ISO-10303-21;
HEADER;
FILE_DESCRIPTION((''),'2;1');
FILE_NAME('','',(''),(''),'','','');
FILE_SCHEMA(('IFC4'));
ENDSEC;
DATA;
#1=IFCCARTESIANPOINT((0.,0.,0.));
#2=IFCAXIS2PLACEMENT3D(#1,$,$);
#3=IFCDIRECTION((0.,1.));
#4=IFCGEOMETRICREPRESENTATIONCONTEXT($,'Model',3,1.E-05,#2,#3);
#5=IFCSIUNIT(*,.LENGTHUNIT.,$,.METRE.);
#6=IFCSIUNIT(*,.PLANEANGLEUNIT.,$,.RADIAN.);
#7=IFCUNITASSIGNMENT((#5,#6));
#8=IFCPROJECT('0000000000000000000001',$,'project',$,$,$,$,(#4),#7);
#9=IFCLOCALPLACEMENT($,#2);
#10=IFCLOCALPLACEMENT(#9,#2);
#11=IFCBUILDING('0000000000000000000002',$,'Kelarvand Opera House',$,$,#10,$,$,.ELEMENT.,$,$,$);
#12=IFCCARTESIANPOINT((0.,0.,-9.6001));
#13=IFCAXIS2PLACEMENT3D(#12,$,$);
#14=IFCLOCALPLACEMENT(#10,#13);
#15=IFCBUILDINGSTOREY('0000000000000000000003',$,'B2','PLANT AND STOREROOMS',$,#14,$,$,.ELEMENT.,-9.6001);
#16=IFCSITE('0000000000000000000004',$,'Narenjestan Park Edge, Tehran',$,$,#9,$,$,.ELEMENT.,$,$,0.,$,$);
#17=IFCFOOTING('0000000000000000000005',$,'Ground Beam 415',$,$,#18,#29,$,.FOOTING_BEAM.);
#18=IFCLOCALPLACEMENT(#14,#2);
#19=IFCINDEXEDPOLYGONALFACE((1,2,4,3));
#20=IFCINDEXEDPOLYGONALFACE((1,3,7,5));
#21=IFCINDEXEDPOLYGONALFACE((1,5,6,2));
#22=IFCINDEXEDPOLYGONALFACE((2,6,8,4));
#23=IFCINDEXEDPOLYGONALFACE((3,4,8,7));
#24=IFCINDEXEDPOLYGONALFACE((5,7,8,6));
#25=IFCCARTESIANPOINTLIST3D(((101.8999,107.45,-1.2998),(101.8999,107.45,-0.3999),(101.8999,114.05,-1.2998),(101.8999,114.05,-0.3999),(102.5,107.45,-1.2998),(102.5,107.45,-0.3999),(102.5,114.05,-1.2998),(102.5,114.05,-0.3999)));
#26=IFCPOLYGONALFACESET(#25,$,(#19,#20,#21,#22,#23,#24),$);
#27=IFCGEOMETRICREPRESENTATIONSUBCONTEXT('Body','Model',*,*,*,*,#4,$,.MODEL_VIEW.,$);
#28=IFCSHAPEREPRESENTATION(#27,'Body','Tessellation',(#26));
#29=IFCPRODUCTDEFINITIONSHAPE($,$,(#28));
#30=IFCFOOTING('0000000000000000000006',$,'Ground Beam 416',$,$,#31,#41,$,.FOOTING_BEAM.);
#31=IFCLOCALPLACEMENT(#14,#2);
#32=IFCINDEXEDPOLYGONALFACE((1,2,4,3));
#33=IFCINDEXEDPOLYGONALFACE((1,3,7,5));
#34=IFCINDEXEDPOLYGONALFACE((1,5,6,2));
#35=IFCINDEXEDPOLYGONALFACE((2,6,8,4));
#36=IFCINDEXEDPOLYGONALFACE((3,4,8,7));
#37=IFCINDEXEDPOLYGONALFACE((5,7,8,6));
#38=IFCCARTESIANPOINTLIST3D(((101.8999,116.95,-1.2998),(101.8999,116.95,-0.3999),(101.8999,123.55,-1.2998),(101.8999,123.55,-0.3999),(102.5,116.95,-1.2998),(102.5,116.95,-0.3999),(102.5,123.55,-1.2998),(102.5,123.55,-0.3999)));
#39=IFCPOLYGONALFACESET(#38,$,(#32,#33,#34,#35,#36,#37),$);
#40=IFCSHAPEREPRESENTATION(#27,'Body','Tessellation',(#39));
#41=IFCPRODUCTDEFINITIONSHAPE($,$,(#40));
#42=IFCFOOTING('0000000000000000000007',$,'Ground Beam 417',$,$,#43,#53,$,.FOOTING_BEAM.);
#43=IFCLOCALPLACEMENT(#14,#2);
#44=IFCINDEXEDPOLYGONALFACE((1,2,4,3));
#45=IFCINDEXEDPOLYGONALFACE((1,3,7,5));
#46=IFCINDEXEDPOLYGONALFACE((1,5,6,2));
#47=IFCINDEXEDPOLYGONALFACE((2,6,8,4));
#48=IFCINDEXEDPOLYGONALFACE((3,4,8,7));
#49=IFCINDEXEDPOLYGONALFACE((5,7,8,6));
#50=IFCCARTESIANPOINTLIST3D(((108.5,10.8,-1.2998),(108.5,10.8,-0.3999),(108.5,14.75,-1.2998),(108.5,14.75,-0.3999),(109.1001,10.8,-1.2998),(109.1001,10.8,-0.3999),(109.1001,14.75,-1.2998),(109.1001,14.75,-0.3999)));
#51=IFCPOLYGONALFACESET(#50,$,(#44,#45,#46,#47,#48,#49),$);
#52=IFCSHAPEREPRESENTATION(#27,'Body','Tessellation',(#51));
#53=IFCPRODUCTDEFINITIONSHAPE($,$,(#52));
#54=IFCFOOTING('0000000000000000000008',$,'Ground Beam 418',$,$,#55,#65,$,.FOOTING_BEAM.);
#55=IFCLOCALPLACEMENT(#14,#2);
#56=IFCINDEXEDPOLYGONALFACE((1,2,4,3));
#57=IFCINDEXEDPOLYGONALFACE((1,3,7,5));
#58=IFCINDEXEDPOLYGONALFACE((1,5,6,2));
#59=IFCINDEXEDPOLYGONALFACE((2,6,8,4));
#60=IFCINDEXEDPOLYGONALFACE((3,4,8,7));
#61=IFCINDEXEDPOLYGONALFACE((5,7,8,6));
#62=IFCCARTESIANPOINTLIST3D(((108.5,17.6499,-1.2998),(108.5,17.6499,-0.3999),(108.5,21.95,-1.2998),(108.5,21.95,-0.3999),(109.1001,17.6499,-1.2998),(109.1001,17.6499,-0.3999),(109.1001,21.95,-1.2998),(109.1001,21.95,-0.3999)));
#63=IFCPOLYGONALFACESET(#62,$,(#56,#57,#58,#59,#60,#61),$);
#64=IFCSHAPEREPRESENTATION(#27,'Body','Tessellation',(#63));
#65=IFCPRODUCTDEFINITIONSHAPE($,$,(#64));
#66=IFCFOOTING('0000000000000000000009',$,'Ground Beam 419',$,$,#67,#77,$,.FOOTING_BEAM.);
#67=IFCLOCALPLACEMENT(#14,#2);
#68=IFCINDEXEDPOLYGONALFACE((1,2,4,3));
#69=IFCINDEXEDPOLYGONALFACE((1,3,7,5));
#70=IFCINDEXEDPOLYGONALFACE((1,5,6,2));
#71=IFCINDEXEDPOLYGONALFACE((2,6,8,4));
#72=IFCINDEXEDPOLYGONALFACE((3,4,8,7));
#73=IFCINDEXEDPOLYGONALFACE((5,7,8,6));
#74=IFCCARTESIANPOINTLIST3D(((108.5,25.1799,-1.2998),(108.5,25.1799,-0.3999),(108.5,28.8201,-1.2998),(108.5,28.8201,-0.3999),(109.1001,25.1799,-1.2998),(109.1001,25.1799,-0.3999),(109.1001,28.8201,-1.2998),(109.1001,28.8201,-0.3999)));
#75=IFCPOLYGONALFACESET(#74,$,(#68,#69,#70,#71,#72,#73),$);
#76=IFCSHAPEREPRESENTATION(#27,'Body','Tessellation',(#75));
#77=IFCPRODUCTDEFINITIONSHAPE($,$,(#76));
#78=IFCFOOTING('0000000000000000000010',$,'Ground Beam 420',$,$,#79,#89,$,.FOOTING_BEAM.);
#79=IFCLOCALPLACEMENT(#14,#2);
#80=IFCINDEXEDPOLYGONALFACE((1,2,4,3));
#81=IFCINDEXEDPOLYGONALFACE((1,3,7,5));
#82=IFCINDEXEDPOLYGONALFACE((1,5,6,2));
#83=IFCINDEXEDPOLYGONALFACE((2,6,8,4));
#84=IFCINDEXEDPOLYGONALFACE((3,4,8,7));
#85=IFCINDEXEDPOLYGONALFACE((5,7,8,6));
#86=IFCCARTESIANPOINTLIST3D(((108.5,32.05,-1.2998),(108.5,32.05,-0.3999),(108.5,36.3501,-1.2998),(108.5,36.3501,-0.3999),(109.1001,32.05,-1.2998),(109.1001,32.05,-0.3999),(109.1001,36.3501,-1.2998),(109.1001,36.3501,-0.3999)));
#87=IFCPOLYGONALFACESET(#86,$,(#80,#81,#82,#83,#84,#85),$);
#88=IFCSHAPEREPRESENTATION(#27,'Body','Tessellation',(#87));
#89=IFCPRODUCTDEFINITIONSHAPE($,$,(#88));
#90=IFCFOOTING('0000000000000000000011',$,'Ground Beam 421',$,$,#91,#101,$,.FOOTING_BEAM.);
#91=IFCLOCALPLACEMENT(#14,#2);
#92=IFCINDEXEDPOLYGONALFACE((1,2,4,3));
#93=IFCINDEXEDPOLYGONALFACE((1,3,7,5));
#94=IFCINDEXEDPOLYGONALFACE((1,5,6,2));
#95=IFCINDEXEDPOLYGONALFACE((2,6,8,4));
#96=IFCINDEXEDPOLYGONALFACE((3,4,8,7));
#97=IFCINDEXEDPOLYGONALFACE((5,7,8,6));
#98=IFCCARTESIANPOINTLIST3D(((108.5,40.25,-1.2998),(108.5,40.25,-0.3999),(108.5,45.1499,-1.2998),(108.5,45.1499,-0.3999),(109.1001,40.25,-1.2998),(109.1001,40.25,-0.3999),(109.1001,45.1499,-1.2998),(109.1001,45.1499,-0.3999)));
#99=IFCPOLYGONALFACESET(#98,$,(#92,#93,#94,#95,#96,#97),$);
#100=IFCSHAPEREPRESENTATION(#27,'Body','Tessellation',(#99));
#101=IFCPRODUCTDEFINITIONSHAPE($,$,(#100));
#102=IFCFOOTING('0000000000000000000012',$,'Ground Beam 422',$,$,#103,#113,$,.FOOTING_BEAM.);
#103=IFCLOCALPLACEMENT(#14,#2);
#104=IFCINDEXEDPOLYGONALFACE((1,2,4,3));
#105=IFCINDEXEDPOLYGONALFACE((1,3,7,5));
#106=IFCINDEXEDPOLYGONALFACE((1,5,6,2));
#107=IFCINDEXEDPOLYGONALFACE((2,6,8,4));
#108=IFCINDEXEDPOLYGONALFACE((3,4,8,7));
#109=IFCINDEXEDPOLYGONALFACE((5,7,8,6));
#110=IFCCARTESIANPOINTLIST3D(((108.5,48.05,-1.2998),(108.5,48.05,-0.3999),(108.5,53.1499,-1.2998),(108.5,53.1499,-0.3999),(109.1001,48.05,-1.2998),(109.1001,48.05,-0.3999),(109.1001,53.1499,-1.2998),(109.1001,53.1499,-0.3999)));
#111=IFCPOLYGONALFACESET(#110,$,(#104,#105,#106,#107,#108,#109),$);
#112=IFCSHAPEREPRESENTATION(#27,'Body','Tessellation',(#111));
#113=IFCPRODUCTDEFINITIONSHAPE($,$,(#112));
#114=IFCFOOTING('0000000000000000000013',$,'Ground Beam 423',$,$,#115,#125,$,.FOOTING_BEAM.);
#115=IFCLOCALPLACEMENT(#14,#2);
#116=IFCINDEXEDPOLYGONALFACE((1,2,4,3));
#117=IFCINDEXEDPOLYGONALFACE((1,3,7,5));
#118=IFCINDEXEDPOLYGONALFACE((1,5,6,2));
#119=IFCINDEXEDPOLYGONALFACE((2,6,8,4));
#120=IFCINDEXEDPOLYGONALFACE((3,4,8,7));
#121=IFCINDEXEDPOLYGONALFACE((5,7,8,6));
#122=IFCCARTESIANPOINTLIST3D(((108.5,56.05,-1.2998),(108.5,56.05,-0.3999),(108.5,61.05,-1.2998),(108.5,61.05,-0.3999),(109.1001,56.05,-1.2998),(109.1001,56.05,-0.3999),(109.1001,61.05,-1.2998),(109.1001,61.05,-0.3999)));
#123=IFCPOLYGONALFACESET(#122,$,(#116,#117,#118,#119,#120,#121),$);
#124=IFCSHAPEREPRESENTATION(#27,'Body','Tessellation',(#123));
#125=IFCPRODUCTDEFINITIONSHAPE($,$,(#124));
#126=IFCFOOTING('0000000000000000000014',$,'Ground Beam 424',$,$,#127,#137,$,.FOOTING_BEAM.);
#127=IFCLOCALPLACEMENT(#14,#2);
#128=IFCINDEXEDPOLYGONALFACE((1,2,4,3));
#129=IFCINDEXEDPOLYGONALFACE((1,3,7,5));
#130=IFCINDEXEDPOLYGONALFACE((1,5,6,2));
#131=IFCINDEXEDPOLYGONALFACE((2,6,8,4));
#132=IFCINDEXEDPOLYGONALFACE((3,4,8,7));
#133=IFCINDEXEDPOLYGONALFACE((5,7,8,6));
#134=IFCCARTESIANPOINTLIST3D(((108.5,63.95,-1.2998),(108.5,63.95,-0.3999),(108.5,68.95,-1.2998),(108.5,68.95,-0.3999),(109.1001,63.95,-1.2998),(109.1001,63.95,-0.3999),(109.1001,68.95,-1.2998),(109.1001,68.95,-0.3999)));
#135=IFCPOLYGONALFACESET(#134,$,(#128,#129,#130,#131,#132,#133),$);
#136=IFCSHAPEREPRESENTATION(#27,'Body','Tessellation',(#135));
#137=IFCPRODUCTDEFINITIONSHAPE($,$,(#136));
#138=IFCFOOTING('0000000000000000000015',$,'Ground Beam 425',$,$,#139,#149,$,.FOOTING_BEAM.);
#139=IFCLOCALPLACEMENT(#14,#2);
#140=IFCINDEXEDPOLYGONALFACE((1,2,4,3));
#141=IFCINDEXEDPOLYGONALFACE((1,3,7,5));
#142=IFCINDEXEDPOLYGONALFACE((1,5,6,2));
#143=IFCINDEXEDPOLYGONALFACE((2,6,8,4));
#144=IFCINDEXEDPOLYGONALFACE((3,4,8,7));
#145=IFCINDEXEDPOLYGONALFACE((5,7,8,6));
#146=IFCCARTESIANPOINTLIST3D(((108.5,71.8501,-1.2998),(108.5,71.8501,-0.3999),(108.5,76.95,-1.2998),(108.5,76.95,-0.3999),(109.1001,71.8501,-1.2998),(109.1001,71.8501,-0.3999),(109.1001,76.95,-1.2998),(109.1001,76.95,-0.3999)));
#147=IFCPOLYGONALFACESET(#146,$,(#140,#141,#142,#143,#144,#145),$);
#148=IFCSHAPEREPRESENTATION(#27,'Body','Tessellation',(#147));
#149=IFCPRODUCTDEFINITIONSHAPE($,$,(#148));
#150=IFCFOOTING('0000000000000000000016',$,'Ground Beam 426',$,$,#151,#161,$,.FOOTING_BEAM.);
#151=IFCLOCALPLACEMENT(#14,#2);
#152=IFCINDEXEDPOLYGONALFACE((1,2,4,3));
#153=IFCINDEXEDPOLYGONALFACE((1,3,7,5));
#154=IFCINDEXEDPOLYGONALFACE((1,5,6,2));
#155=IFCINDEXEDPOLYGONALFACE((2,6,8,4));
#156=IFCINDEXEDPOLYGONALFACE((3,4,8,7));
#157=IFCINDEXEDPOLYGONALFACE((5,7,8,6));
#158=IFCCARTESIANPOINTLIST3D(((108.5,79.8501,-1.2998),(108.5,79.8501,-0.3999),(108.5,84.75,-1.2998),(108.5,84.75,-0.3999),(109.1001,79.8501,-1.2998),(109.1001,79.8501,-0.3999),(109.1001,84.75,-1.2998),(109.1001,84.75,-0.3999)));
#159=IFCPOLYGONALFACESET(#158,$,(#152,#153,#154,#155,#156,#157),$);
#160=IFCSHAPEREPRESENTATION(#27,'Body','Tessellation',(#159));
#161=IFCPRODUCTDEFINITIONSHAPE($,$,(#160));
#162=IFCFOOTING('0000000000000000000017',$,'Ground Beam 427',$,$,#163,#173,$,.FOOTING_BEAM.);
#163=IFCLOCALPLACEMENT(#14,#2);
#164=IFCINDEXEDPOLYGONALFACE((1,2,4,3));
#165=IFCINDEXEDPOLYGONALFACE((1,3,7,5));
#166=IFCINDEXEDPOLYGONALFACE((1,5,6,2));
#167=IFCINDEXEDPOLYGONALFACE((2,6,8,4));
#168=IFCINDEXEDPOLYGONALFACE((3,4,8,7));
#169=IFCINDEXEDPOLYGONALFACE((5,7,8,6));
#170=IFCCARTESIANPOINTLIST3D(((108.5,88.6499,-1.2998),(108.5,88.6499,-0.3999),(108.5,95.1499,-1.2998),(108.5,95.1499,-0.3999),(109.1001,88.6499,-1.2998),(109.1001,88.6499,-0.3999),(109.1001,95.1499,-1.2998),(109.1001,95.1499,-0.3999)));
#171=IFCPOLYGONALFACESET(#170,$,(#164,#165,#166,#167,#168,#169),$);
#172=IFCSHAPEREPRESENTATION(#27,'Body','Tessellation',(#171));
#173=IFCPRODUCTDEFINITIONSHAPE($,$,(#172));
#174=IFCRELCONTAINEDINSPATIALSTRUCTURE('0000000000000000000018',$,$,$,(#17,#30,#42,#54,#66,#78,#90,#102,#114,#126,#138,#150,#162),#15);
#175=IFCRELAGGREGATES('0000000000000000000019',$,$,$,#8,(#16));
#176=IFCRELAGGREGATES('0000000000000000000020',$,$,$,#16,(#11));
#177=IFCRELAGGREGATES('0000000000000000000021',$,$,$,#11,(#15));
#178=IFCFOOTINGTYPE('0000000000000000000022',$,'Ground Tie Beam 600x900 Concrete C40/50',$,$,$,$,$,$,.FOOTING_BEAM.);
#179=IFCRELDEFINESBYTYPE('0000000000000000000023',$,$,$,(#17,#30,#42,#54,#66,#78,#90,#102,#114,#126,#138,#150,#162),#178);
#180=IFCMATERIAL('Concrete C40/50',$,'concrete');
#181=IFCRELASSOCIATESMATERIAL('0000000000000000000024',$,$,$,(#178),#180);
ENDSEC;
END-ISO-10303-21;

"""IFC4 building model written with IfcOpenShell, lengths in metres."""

from ifc_helpers import new_model, si_unit, direction, frame, origin, place, context, subcontext, project, spatial, polyline, outline, extrude, material, type_object, element, save


model = new_model("IFC4")

# Units and contexts
model_context = context("Model", 3, precision=1e-05, world=origin(), true_north=direction((0.0, 1.0)))
body_context = subcontext(model_context, "Body", "Model", "MODEL_VIEW")
ifc_project = project(units=[si_unit("LENGTHUNIT", "METRE"), si_unit("PLANEANGLEUNIT", "RADIAN")], contexts=[model_context])

# Site, building, storey
site_placement = place(None, origin())
site = spatial("IfcSite", under=ifc_project, at=site_placement, Name="Narenjestan Park Edge, Tehran", CompositionType="ELEMENT", RefElevation=0.0)
building_placement = place(site_placement, origin())
building = spatial("IfcBuilding", under=site, at=building_placement, Name="Kelarvand Opera House", CompositionType="ELEMENT")
storey_placement = place(building_placement, frame((0.0, 0.0, -9.6001)))
storey = spatial("IfcBuildingStorey", under=building, at=storey_placement, Name="B2", Description="PLANT AND STOREROOMS", CompositionType="ELEMENT", Elevation=-9.6001)

# Footings
ifc_material = material(Name="Concrete C40/50", Category="concrete")
footing_type = type_object("IfcFootingType", Name="Ground Tie Beam 600x900 Concrete C40/50", PredefinedType="FOOTING_BEAM", material=ifc_material)
footing_1_placement = place(storey_placement, frame((0.0, 0.0, -1.2998)))
element("IfcFooting", 1, at=footing_1_placement, inside=storey, type_object=footing_type, Name="Ground Beam 415", PredefinedType="FOOTING_BEAM", context=body_context, shape_type="SweptSolid", body=[
    extrude(outline(polyline([(101.8999, 107.45), (102.5, 107.45), (102.5, 114.05), (101.8999, 114.05), (101.8999, 107.45)])), origin(), (0.0, 0.0, 1.0), 0.8999),
])
footing_2_placement = place(storey_placement, frame((0.0, 0.0, -1.2998)))
element("IfcFooting", 2, at=footing_2_placement, inside=storey, type_object=footing_type, Name="Ground Beam 416", PredefinedType="FOOTING_BEAM", context=body_context, shape_type="SweptSolid", body=[
    extrude(outline(polyline([(101.8999, 116.95), (102.5, 116.95), (102.5, 123.55), (101.8999, 123.55), (101.8999, 116.95)])), origin(), (0.0, 0.0, 1.0), 0.8999),
])
footing_3_placement = place(storey_placement, frame((0.0, 0.0, -1.2998)))
element("IfcFooting", 3, at=footing_3_placement, inside=storey, type_object=footing_type, Name="Ground Beam 417", PredefinedType="FOOTING_BEAM", context=body_context, shape_type="SweptSolid", body=[
    extrude(outline(polyline([(108.5, 10.8), (109.1001, 10.8), (109.1001, 14.75), (108.5, 14.75), (108.5, 10.8)])), origin(), (0.0, 0.0, 1.0), 0.8999),
])
footing_4_placement = place(storey_placement, frame((0.0, 0.0, -1.2998)))
element("IfcFooting", 4, at=footing_4_placement, inside=storey, type_object=footing_type, Name="Ground Beam 418", PredefinedType="FOOTING_BEAM", context=body_context, shape_type="SweptSolid", body=[
    extrude(outline(polyline([(108.5, 17.6499), (109.1001, 17.6499), (109.1001, 21.95), (108.5, 21.95), (108.5, 17.6499)])), origin(), (0.0, 0.0, 1.0), 0.8999),
])
footing_5_placement = place(storey_placement, frame((0.0, 0.0, -1.2998)))
element("IfcFooting", 5, at=footing_5_placement, inside=storey, type_object=footing_type, Name="Ground Beam 419", PredefinedType="FOOTING_BEAM", context=body_context, shape_type="SweptSolid", body=[
    extrude(outline(polyline([(108.5, 25.1799), (109.1001, 25.1799), (109.1001, 28.8201), (108.5, 28.8201), (108.5, 25.1799)])), origin(), (0.0, 0.0, 1.0), 0.8999),
])
footing_6_placement = place(storey_placement, frame((0.0, 0.0, -1.2998)))
element("IfcFooting", 6, at=footing_6_placement, inside=storey, type_object=footing_type, Name="Ground Beam 420", PredefinedType="FOOTING_BEAM", context=body_context, shape_type="SweptSolid", body=[
    extrude(outline(polyline([(108.5, 32.05), (109.1001, 32.05), (109.1001, 36.3501), (108.5, 36.3501), (108.5, 32.05)])), origin(), (0.0, 0.0, 1.0), 0.8999),
])
footing_7_placement = place(storey_placement, frame((0.0, 0.0, -1.2998)))
element("IfcFooting", 7, at=footing_7_placement, inside=storey, type_object=footing_type, Name="Ground Beam 421", PredefinedType="FOOTING_BEAM", context=body_context, shape_type="SweptSolid", body=[
    extrude(outline(polyline([(108.5, 40.25), (109.1001, 40.25), (109.1001, 45.1499), (108.5, 45.1499), (108.5, 40.25)])), origin(), (0.0, 0.0, 1.0), 0.8999),
])
footing_8_placement = place(storey_placement, frame((0.0, 0.0, -1.2998)))
element("IfcFooting", 8, at=footing_8_placement, inside=storey, type_object=footing_type, Name="Ground Beam 422", PredefinedType="FOOTING_BEAM", context=body_context, shape_type="SweptSolid", body=[
    extrude(outline(polyline([(108.5, 48.05), (109.1001, 48.05), (109.1001, 53.1499), (108.5, 53.1499), (108.5, 48.05)])), origin(), (0.0, 0.0, 1.0), 0.8999),
])
footing_9_placement = place(storey_placement, frame((0.0, 0.0, -1.2998)))
element("IfcFooting", 9, at=footing_9_placement, inside=storey, type_object=footing_type, Name="Ground Beam 423", PredefinedType="FOOTING_BEAM", context=body_context, shape_type="SweptSolid", body=[
    extrude(outline(polyline([(108.5, 56.05), (109.1001, 56.05), (109.1001, 61.05), (108.5, 61.05), (108.5, 56.05)])), origin(), (0.0, 0.0, 1.0), 0.8999),
])
footing_10_placement = place(storey_placement, frame((0.0, 0.0, -1.2998)))
element("IfcFooting", 10, at=footing_10_placement, inside=storey, type_object=footing_type, Name="Ground Beam 424", PredefinedType="FOOTING_BEAM", context=body_context, shape_type="SweptSolid", body=[
    extrude(outline(polyline([(108.5, 63.95), (109.1001, 63.95), (109.1001, 68.95), (108.5, 68.95), (108.5, 63.95)])), origin(), (0.0, 0.0, 1.0), 0.8999),
])
footing_11_placement = place(storey_placement, frame((0.0, 0.0, -1.2998)))
element("IfcFooting", 11, at=footing_11_placement, inside=storey, type_object=footing_type, Name="Ground Beam 425", PredefinedType="FOOTING_BEAM", context=body_context, shape_type="SweptSolid", body=[
    extrude(outline(polyline([(108.5, 71.8501), (109.1001, 71.8501), (109.1001, 76.95), (108.5, 76.95), (108.5, 71.8501)])), origin(), (0.0, 0.0, 1.0), 0.8999),
])
footing_12_placement = place(storey_placement, frame((0.0, 0.0, -1.2998)))
element("IfcFooting", 12, at=footing_12_placement, inside=storey, type_object=footing_type, Name="Ground Beam 426", PredefinedType="FOOTING_BEAM", context=body_context, shape_type="SweptSolid", body=[
    extrude(outline(polyline([(108.5, 79.8501), (109.1001, 79.8501), (109.1001, 84.75), (108.5, 84.75), (108.5, 79.8501)])), origin(), (0.0, 0.0, 1.0), 0.8999),
])
footing_13_placement = place(storey_placement, frame((0.0, 0.0, -1.2998)))
element("IfcFooting", 13, at=footing_13_placement, inside=storey, type_object=footing_type, Name="Ground Beam 427", PredefinedType="FOOTING_BEAM", context=body_context, shape_type="SweptSolid", body=[
    extrude(outline(polyline([(108.5, 88.6499), (109.1001, 88.6499), (109.1001, 95.1499), (108.5, 95.1499), (108.5, 88.6499)])), origin(), (0.0, 0.0, 1.0), 0.8999),
])

save(model, "model.ifc")
